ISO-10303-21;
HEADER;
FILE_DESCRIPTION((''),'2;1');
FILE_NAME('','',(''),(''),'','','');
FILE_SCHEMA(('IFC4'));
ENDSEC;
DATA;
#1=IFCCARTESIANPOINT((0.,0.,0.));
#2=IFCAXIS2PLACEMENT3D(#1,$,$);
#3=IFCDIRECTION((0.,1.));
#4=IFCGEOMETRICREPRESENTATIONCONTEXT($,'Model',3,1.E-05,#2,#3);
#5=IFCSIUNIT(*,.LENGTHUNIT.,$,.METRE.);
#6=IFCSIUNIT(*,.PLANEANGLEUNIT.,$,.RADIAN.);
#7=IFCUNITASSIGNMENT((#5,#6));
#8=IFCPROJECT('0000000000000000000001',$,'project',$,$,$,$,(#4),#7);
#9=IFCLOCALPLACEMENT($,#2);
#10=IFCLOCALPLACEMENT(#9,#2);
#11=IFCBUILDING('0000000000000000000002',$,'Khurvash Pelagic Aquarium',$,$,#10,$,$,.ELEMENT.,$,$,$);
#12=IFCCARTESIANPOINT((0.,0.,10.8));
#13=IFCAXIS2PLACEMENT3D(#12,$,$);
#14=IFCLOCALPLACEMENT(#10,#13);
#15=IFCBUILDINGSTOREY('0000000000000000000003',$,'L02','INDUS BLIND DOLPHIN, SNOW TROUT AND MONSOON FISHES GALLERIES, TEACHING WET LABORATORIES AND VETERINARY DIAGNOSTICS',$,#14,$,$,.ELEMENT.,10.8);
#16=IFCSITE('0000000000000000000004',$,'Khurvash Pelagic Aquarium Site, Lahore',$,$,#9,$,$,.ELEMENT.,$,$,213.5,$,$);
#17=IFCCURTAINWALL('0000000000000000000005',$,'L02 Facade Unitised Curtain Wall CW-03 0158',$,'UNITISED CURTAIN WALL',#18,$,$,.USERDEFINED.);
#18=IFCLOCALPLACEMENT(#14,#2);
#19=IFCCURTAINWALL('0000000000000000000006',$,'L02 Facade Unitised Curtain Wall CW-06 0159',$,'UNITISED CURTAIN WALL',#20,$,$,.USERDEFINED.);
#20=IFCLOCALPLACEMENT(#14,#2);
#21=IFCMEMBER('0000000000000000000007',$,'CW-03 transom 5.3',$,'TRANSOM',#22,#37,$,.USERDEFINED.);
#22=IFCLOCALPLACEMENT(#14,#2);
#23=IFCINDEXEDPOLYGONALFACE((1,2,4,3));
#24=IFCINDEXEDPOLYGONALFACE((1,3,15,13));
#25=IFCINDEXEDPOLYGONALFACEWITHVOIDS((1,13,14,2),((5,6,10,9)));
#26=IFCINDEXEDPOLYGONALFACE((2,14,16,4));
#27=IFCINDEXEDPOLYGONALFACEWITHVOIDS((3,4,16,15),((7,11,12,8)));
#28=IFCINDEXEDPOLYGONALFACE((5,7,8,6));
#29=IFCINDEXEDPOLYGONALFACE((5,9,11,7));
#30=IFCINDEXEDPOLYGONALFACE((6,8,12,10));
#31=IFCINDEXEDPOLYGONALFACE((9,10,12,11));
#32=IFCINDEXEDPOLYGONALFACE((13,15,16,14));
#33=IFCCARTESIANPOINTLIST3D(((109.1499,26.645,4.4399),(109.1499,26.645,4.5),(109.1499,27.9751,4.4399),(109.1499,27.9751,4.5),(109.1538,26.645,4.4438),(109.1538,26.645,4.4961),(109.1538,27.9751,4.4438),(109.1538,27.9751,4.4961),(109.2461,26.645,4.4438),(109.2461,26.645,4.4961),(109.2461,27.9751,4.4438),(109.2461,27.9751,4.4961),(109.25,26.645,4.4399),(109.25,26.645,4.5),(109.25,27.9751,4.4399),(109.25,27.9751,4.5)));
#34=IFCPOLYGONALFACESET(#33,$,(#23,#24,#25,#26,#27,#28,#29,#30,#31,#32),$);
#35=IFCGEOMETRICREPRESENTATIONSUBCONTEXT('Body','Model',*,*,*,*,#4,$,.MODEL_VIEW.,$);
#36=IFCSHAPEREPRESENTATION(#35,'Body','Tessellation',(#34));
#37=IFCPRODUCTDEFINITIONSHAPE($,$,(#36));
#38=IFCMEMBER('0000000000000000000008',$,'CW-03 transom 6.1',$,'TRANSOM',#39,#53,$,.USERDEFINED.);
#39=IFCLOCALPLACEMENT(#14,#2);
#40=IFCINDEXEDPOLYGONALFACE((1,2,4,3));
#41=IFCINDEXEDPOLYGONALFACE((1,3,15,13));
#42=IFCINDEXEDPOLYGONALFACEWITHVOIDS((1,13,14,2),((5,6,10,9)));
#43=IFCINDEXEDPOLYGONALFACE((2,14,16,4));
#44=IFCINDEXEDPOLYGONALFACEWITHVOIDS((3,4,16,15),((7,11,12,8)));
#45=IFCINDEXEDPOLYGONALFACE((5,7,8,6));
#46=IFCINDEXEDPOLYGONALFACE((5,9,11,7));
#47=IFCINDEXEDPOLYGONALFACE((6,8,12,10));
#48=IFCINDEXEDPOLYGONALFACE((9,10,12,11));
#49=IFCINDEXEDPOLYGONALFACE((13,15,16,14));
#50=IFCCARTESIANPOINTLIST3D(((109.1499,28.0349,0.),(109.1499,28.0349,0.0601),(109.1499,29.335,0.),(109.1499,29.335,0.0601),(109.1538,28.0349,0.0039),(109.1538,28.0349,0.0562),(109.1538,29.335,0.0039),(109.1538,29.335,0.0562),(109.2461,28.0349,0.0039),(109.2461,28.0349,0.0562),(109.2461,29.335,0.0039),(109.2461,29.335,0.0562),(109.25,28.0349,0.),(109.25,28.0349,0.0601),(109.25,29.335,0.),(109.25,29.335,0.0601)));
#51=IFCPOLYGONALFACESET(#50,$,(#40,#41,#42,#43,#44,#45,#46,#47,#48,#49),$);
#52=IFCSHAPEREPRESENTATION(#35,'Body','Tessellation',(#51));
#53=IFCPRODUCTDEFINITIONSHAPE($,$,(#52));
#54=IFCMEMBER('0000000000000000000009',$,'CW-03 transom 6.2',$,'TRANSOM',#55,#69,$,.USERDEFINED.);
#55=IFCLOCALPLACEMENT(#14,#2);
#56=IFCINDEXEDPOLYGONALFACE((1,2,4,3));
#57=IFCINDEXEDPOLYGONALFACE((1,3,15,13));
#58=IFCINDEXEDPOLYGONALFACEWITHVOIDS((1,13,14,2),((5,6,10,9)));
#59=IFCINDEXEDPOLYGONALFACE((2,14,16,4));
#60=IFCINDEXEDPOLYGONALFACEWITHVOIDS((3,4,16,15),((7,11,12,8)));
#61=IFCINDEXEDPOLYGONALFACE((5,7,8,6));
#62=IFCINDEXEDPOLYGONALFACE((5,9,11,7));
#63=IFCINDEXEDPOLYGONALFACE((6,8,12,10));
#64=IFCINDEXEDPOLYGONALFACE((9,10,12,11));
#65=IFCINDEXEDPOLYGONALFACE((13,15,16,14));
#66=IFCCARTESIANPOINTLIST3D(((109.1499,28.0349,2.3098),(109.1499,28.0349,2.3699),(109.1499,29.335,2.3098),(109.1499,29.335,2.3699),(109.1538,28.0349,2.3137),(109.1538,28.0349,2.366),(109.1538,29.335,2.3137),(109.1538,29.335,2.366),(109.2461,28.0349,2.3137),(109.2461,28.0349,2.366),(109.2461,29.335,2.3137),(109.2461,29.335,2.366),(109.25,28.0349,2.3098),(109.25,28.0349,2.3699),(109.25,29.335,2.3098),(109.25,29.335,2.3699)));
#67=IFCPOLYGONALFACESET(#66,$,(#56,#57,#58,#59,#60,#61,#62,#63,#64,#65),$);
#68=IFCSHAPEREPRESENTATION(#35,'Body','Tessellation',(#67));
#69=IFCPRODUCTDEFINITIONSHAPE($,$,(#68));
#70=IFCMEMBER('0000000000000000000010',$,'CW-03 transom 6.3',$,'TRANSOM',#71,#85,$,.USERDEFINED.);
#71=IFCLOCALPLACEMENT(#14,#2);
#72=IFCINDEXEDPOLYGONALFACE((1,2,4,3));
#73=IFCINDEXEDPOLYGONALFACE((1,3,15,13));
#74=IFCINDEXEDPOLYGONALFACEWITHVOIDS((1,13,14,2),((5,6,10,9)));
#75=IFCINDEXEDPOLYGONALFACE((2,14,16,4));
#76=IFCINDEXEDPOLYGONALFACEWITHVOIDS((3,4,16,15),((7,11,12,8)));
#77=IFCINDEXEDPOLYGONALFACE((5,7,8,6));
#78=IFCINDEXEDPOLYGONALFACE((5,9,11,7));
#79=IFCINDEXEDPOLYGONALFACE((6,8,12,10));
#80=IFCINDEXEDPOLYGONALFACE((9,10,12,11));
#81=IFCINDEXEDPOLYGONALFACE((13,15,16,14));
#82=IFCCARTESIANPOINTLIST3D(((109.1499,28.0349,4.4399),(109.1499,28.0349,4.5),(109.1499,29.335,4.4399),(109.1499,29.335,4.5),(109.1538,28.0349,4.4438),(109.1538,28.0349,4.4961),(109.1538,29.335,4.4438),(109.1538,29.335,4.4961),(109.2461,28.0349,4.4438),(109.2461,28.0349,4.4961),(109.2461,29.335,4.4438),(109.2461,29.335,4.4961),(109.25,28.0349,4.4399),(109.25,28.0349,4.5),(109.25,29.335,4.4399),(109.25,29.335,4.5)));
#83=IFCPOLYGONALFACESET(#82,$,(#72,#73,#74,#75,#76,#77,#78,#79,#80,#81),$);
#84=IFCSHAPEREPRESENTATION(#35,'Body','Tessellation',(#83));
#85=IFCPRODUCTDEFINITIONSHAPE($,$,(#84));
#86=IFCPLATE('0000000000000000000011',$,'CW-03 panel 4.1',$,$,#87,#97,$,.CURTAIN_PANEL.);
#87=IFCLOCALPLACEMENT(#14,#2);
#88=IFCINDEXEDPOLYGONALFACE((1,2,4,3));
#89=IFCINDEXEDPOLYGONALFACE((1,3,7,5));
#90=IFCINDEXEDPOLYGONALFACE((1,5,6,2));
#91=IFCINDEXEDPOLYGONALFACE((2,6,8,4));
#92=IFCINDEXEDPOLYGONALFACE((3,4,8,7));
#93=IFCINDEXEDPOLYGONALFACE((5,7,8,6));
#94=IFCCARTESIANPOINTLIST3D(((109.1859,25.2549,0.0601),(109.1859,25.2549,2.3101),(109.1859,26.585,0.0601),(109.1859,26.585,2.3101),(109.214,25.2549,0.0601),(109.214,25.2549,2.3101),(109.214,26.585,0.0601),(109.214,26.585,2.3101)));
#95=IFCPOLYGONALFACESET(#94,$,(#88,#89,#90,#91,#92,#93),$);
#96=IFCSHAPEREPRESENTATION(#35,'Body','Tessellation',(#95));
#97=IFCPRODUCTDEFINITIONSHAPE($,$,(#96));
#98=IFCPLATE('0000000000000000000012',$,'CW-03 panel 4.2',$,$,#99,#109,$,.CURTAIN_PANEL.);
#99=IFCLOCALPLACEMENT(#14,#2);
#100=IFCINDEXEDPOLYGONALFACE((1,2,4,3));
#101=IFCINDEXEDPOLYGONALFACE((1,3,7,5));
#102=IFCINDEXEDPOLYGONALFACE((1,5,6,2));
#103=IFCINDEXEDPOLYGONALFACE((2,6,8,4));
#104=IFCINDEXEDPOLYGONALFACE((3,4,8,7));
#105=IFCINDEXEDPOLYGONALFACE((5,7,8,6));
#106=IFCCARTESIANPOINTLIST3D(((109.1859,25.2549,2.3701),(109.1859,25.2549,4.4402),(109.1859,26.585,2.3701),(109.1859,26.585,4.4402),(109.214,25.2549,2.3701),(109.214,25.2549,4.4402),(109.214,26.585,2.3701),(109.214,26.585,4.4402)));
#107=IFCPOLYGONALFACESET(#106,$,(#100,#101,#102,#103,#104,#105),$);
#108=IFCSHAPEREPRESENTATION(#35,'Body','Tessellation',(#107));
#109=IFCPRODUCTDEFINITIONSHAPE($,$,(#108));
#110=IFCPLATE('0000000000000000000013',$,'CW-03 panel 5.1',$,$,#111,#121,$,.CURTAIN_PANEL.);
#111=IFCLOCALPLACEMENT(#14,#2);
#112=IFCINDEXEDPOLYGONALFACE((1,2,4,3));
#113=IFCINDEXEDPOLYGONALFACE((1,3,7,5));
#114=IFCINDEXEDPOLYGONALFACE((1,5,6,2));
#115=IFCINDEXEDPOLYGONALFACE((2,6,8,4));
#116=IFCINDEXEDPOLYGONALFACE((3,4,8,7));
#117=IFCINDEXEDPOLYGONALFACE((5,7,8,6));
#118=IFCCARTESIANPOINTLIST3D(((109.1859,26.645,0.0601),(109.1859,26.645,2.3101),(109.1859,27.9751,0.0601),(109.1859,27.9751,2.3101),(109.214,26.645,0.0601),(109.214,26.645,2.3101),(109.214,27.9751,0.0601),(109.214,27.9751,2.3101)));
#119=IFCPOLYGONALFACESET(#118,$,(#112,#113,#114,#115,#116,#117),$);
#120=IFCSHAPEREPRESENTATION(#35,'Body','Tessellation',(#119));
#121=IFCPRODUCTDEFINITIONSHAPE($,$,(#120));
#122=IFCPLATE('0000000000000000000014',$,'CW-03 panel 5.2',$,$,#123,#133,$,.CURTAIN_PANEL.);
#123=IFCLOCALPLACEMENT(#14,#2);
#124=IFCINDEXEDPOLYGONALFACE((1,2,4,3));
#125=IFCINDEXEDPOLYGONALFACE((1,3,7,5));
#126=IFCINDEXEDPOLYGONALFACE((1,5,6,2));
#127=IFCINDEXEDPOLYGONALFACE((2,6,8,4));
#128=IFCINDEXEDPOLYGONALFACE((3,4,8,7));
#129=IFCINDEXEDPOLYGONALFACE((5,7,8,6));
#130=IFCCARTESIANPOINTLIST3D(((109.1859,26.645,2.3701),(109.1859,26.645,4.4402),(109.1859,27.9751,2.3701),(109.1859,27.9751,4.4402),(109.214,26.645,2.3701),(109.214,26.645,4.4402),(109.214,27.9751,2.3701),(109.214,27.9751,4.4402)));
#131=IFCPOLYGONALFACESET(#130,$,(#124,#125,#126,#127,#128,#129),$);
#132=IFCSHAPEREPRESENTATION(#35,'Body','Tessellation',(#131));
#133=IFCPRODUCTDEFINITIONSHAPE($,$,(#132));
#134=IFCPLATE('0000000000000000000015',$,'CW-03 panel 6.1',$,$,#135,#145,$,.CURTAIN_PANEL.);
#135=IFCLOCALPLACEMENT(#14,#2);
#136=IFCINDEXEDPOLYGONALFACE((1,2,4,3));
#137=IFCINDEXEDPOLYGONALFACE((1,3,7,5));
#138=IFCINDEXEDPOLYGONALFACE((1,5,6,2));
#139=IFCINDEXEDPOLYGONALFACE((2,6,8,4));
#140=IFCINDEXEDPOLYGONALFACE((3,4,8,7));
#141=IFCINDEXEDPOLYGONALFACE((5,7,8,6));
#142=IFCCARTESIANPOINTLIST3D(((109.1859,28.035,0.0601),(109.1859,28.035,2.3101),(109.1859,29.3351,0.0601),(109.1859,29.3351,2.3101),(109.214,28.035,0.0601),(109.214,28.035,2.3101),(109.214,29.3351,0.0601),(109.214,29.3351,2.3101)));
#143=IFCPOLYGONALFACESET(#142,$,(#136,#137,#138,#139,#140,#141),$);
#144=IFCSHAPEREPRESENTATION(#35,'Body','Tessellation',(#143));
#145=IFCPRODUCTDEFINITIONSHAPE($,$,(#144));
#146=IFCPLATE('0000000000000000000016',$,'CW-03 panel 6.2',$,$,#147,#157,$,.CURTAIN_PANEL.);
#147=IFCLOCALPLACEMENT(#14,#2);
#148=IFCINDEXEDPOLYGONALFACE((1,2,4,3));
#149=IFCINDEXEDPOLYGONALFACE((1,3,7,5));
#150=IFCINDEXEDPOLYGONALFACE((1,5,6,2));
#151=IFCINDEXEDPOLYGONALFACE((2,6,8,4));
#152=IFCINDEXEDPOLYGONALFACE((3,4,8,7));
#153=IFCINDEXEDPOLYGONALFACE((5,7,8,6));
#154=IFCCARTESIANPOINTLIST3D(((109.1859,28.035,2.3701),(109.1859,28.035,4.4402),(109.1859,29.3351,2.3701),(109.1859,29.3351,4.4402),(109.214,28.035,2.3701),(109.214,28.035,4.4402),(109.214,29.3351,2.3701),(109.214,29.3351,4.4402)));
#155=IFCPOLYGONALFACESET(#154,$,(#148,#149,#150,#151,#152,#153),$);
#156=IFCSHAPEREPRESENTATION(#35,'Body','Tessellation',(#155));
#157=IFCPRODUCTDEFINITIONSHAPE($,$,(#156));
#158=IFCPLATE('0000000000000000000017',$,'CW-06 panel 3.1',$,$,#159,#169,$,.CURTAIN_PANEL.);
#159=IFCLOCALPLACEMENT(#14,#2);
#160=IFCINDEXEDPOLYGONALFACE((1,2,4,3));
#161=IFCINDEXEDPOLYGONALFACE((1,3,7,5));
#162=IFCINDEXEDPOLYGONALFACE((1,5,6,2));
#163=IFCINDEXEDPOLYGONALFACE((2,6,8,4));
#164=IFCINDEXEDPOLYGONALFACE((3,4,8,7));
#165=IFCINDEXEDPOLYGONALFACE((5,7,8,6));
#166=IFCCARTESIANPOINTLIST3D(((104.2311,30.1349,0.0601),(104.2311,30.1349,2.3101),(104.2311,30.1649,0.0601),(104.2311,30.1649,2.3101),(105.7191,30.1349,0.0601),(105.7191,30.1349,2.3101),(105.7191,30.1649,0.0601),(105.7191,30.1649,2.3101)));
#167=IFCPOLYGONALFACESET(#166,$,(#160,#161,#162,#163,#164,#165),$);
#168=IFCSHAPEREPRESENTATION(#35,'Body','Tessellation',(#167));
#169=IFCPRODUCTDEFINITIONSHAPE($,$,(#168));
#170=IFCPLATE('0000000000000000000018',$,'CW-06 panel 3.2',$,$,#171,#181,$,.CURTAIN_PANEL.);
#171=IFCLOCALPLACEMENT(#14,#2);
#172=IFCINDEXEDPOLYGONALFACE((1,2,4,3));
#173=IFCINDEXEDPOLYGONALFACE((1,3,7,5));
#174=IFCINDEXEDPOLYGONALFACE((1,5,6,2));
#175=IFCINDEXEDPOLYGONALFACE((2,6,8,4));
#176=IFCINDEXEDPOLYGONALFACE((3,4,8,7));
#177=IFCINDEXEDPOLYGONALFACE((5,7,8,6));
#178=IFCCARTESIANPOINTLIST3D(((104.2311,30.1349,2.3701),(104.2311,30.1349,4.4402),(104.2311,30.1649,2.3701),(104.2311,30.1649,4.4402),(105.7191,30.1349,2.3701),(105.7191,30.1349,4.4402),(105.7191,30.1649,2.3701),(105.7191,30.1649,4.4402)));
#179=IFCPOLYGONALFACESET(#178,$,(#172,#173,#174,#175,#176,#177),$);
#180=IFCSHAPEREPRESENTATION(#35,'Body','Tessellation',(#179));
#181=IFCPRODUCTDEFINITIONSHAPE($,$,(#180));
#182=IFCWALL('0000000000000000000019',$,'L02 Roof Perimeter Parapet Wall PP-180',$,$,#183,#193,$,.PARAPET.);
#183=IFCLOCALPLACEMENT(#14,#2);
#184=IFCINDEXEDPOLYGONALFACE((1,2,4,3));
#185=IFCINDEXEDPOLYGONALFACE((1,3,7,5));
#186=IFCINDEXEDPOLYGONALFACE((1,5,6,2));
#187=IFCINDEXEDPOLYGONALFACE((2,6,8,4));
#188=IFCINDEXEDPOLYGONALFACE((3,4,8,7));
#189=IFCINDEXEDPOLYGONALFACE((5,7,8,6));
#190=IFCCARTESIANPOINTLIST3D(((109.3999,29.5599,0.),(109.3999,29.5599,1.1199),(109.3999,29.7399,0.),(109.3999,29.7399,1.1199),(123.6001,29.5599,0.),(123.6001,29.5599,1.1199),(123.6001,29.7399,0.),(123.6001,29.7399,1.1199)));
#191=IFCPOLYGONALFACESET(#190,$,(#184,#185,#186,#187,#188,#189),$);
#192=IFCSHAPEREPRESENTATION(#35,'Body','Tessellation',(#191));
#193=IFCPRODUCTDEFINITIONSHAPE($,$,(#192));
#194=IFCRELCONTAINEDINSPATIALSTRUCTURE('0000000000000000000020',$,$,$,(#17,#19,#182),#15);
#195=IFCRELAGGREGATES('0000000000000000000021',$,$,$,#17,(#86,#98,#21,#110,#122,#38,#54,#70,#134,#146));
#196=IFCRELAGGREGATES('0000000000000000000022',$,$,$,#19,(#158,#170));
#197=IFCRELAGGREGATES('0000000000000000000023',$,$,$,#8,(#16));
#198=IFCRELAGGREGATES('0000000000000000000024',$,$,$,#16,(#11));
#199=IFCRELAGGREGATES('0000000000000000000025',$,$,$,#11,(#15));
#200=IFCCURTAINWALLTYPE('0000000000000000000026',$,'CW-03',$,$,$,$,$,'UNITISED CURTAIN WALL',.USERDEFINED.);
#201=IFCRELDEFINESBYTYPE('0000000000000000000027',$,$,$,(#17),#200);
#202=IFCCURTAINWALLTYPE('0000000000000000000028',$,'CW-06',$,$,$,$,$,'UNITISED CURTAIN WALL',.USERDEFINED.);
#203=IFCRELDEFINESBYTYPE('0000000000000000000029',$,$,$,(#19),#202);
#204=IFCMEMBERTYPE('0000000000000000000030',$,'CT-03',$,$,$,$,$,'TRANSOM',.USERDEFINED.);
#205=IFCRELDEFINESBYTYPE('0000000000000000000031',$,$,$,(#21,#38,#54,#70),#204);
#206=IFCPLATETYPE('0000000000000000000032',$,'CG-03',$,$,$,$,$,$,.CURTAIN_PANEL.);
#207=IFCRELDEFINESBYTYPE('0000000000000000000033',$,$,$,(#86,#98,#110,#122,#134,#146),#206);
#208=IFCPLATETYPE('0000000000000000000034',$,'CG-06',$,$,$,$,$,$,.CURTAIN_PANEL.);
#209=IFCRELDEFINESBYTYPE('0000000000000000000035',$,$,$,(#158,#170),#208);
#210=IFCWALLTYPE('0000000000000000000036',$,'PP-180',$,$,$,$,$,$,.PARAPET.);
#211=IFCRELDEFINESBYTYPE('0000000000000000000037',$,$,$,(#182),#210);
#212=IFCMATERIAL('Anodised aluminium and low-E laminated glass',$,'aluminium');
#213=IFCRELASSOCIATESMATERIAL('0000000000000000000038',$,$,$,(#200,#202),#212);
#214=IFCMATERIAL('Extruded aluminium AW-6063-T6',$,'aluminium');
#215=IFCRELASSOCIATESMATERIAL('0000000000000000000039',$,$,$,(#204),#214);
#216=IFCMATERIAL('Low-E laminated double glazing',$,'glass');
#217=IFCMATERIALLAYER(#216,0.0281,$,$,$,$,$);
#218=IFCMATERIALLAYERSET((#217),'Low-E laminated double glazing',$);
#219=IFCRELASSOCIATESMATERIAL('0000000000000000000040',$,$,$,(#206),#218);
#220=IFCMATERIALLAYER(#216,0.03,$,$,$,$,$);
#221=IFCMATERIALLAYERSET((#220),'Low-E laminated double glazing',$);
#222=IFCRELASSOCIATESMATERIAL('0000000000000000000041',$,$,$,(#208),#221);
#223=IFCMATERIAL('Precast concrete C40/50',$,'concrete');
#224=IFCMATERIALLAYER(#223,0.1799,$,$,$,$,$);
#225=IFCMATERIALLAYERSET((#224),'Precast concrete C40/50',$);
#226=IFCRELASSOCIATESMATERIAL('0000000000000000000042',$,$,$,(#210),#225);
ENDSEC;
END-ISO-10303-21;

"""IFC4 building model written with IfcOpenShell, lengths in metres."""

from ifc_helpers import new_model, si_unit, direction, frame, frame_2d, origin, origin_2d, place, context, subcontext, project, spatial, rectangle, hollow_rectangle, extrude, material, layer, layer_set, material_profile, profile_set, type_object, element, aggregate, save


model = new_model("IFC4")

# Units and contexts
model_context = context("Model", 3, precision=1e-05, world=origin(), true_north=direction((0.0, 1.0)))
body_context = subcontext(model_context, "Body", "Model", "MODEL_VIEW")
ifc_project = project(units=[si_unit("LENGTHUNIT", "METRE"), si_unit("PLANEANGLEUNIT", "RADIAN")], contexts=[model_context])

# Site, building, storey
site_placement = place(None, origin())
site = spatial("IfcSite", under=ifc_project, at=site_placement, Name="Khurvash Pelagic Aquarium Site, Lahore", CompositionType="ELEMENT", RefElevation=213.5)
building_placement = place(site_placement, origin())
building = spatial("IfcBuilding", under=site, at=building_placement, Name="Khurvash Pelagic Aquarium", CompositionType="ELEMENT")
storey_placement = place(building_placement, frame((0.0, 0.0, 10.8)))
storey = spatial("IfcBuildingStorey", under=building, at=storey_placement, Name="L02", Description="INDUS BLIND DOLPHIN, SNOW TROUT AND MONSOON FISHES GALLERIES, TEACHING WET LABORATORIES AND VETERINARY DIAGNOSTICS", CompositionType="ELEMENT", Elevation=10.8)

# Curtain walls
ifc_material_1 = material(Name="Anodised aluminium and low-E laminated glass", Category="aluminium")
curtain_wall_type_1 = type_object("IfcCurtainWallType", Name="CW-03", ElementType="UNITISED CURTAIN WALL", PredefinedType="USERDEFINED", material=ifc_material_1)
curtain_wall_1_placement = place(storey_placement, origin())
curtain_wall_1 = element("IfcCurtainWall", 1, at=curtain_wall_1_placement, inside=storey, type_object=curtain_wall_type_1, Name="L02 Facade Unitised Curtain Wall CW-03 0158", ObjectType="UNITISED CURTAIN WALL", PredefinedType="USERDEFINED")
ifc_material_2 = material(Name="Extruded aluminium AW-6063-T6", Category="aluminium")
curtain_wall_type_2 = type_object("IfcCurtainWallType", Name="CW-06", ElementType="UNITISED CURTAIN WALL", PredefinedType="USERDEFINED", material=ifc_material_1)
curtain_wall_2_placement = place(storey_placement, origin())
curtain_wall_2 = element("IfcCurtainWall", 2, at=curtain_wall_2_placement, inside=storey, type_object=curtain_wall_type_2, Name="L02 Facade Unitised Curtain Wall CW-06 0159", ObjectType="UNITISED CURTAIN WALL", PredefinedType="USERDEFINED")

# Members
ifc_material_profile_1 = material_profile(ifc_material_2, hollow_rectangle(XDim=0.1001, YDim=0.0601, WallThickness=0.0039, at=origin_2d()), Name="CWT100X60X4")
ifc_profile_set_1 = profile_set([ifc_material_profile_1], Name="Extruded aluminium AW-6063-T6")
member_type_1 = type_object("IfcMemberType", Name="CT-03", ElementType="TRANSOM", PredefinedType="USERDEFINED", material=ifc_profile_set_1)
member_1_placement = place(storey_placement, frame((109.2, 26.645, 4.47), z_axis=(0.0, 1.0, 0.0), x_axis=(-1.0, 0.0, 0.0)))
member_1 = element("IfcMember", 3, at=member_1_placement, type_object=member_type_1, Name="CW-03 transom 5.3", ObjectType="TRANSOM", PredefinedType="USERDEFINED", context=body_context, shape_type="SweptSolid", body=[
    extrude(hollow_rectangle(XDim=0.1001, YDim=0.0601, WallThickness=0.0039, at=origin_2d()), origin(), (0.0, 0.0, 1.0), 1.3301),
])
member_2_placement = place(storey_placement, frame((109.2, 28.0349, 0.03), z_axis=(0.0, 1.0, 0.0), x_axis=(-1.0, 0.0, 0.0)))
member_2 = element("IfcMember", 4, at=member_2_placement, type_object=member_type_1, Name="CW-03 transom 6.1", ObjectType="TRANSOM", PredefinedType="USERDEFINED", context=body_context, shape_type="SweptSolid", body=[
    extrude(hollow_rectangle(XDim=0.1001, YDim=0.0601, WallThickness=0.0039, at=origin_2d()), origin(), (0.0, 0.0, 1.0), 1.3),
])
member_3_placement = place(storey_placement, frame((109.2, 28.0349, 2.3398), z_axis=(0.0, 1.0, 0.0), x_axis=(-1.0, 0.0, 0.0)))
member_3 = element("IfcMember", 5, at=member_3_placement, type_object=member_type_1, Name="CW-03 transom 6.2", ObjectType="TRANSOM", PredefinedType="USERDEFINED", context=body_context, shape_type="SweptSolid", body=[
    extrude(hollow_rectangle(XDim=0.1001, YDim=0.0601, WallThickness=0.0039, at=origin_2d()), origin(), (0.0, 0.0, 1.0), 1.3),
])
member_4_placement = place(storey_placement, frame((109.2, 28.0349, 4.47), z_axis=(0.0, 1.0, 0.0), x_axis=(-1.0, 0.0, 0.0)))
member_4 = element("IfcMember", 6, at=member_4_placement, type_object=member_type_1, Name="CW-03 transom 6.3", ObjectType="TRANSOM", PredefinedType="USERDEFINED", context=body_context, shape_type="SweptSolid", body=[
    extrude(hollow_rectangle(XDim=0.1001, YDim=0.0601, WallThickness=0.0039, at=origin_2d()), origin(), (0.0, 0.0, 1.0), 1.3),
])

# Plates
ifc_material_3 = material(Name="Low-E laminated double glazing", Category="glass")
ifc_layer_1 = layer(ifc_material_3, 0.0281)
ifc_layer_set_1 = layer_set([ifc_layer_1], Name="Low-E laminated double glazing")
plate_type_1 = type_object("IfcPlateType", Name="CG-03", PredefinedType="CURTAIN_PANEL", material=ifc_layer_set_1)
plate_1_placement = place(storey_placement, frame((109.2, 25.9199, 0.0601), z_axis=(0.0, 0.0, 1.0), x_axis=(0.0, 1.0, 0.0)))
plate_1 = element("IfcPlate", 7, at=plate_1_placement, type_object=plate_type_1, Name="CW-03 panel 4.1", PredefinedType="CURTAIN_PANEL", context=body_context, shape_type="SweptSolid", body=[
    extrude(rectangle(XDim=1.3301, YDim=0.0281, at=origin_2d()), origin(), (0.0, 0.0, 1.0), 2.25),
])
plate_2_placement = place(storey_placement, frame((109.2, 25.9199, 2.3701), z_axis=(0.0, 0.0, 1.0), x_axis=(0.0, 1.0, 0.0)))
plate_2 = element("IfcPlate", 8, at=plate_2_placement, type_object=plate_type_1, Name="CW-03 panel 4.2", PredefinedType="CURTAIN_PANEL", context=body_context, shape_type="SweptSolid", body=[
    extrude(rectangle(XDim=1.3301, YDim=0.0281, at=origin_2d()), origin(), (0.0, 0.0, 1.0), 2.0701),
])
plate_3_placement = place(storey_placement, frame((109.2, 27.3101, 0.0601), z_axis=(0.0, 0.0, 1.0), x_axis=(0.0, 1.0, 0.0)))
plate_3 = element("IfcPlate", 9, at=plate_3_placement, type_object=plate_type_1, Name="CW-03 panel 5.1", PredefinedType="CURTAIN_PANEL", context=body_context, shape_type="SweptSolid", body=[
    extrude(rectangle(XDim=1.3301, YDim=0.0281, at=origin_2d()), origin(), (0.0, 0.0, 1.0), 2.25),
])
plate_4_placement = place(storey_placement, frame((109.2, 27.3101, 2.3701), z_axis=(0.0, 0.0, 1.0), x_axis=(0.0, 1.0, 0.0)))
plate_4 = element("IfcPlate", 10, at=plate_4_placement, type_object=plate_type_1, Name="CW-03 panel 5.2", PredefinedType="CURTAIN_PANEL", context=body_context, shape_type="SweptSolid", body=[
    extrude(rectangle(XDim=1.3301, YDim=0.0281, at=origin_2d()), origin(), (0.0, 0.0, 1.0), 2.0701),
])
plate_5_placement = place(storey_placement, frame((109.2, 28.6851, 0.0601), z_axis=(0.0, 0.0, 1.0), x_axis=(0.0, 1.0, 0.0)))
plate_5 = element("IfcPlate", 11, at=plate_5_placement, type_object=plate_type_1, Name="CW-03 panel 6.1", PredefinedType="CURTAIN_PANEL", context=body_context, shape_type="SweptSolid", body=[
    extrude(rectangle(XDim=1.3, YDim=0.0281, at=origin_2d()), origin(), (0.0, 0.0, 1.0), 2.25),
])
plate_6_placement = place(storey_placement, frame((109.2, 28.6851, 2.3701), z_axis=(0.0, 0.0, 1.0), x_axis=(0.0, 1.0, 0.0)))
plate_6 = element("IfcPlate", 12, at=plate_6_placement, type_object=plate_type_1, Name="CW-03 panel 6.2", PredefinedType="CURTAIN_PANEL", context=body_context, shape_type="SweptSolid", body=[
    extrude(rectangle(XDim=1.3, YDim=0.0281, at=origin_2d()), origin(), (0.0, 0.0, 1.0), 2.0701),
])
aggregate(curtain_wall_1, [plate_1, plate_2, member_1, plate_3, plate_4, member_2, member_3, member_4, plate_5, plate_6])
ifc_layer_2 = layer(ifc_material_3, 0.03)
ifc_layer_set_2 = layer_set([ifc_layer_2], Name="Low-E laminated double glazing")
plate_type_2 = type_object("IfcPlateType", Name="CG-06", PredefinedType="CURTAIN_PANEL", material=ifc_layer_set_2)
plate_7_placement = place(storey_placement, frame((104.9751, 30.1499, 0.0601), z_axis=(0.0, 0.0, 1.0), x_axis=(-1.0, 0.0, 0.0)))
plate_7 = element("IfcPlate", 13, at=plate_7_placement, type_object=plate_type_2, Name="CW-06 panel 3.1", PredefinedType="CURTAIN_PANEL", context=body_context, shape_type="SweptSolid", body=[
    extrude(rectangle(XDim=1.488, YDim=0.03, at=origin_2d()), origin(), (0.0, 0.0, 1.0), 2.25),
])
plate_8_placement = place(storey_placement, frame((104.9751, 30.1499, 2.3701), z_axis=(0.0, 0.0, 1.0), x_axis=(-1.0, 0.0, 0.0)))
plate_8 = element("IfcPlate", 14, at=plate_8_placement, type_object=plate_type_2, Name="CW-06 panel 3.2", PredefinedType="CURTAIN_PANEL", context=body_context, shape_type="SweptSolid", body=[
    extrude(rectangle(XDim=1.488, YDim=0.03, at=origin_2d()), origin(), (0.0, 0.0, 1.0), 2.0701),
])
aggregate(curtain_wall_2, [plate_7, plate_8])

# Wall
ifc_material_4 = material(Name="Precast concrete C40/50", Category="concrete")
ifc_layer_3 = layer(ifc_material_4, 0.1799)
ifc_layer_set_3 = layer_set([ifc_layer_3], Name="Precast concrete C40/50")
wall_type_1 = type_object("IfcWallType", Name="PP-180", PredefinedType="PARAPET", material=ifc_layer_set_3)
wall_1_placement = place(storey_placement, frame((109.3999, 29.6499, 0.0), z_axis=(0.0, 0.0, 1.0), x_axis=(1.0, 0.0, 0.0)))
element("IfcWall", 15, at=wall_1_placement, inside=storey, type_object=wall_type_1, Name="L02 Roof Perimeter Parapet Wall PP-180", PredefinedType="PARAPET", context=body_context, shape_type="SweptSolid", body=[
    extrude(rectangle(XDim=14.2002, YDim=0.1799, at=frame_2d((7.1001, 0.0))), origin(), (0.0, 0.0, 1.0), 1.1199),
])

save(model, "model.ifc")
